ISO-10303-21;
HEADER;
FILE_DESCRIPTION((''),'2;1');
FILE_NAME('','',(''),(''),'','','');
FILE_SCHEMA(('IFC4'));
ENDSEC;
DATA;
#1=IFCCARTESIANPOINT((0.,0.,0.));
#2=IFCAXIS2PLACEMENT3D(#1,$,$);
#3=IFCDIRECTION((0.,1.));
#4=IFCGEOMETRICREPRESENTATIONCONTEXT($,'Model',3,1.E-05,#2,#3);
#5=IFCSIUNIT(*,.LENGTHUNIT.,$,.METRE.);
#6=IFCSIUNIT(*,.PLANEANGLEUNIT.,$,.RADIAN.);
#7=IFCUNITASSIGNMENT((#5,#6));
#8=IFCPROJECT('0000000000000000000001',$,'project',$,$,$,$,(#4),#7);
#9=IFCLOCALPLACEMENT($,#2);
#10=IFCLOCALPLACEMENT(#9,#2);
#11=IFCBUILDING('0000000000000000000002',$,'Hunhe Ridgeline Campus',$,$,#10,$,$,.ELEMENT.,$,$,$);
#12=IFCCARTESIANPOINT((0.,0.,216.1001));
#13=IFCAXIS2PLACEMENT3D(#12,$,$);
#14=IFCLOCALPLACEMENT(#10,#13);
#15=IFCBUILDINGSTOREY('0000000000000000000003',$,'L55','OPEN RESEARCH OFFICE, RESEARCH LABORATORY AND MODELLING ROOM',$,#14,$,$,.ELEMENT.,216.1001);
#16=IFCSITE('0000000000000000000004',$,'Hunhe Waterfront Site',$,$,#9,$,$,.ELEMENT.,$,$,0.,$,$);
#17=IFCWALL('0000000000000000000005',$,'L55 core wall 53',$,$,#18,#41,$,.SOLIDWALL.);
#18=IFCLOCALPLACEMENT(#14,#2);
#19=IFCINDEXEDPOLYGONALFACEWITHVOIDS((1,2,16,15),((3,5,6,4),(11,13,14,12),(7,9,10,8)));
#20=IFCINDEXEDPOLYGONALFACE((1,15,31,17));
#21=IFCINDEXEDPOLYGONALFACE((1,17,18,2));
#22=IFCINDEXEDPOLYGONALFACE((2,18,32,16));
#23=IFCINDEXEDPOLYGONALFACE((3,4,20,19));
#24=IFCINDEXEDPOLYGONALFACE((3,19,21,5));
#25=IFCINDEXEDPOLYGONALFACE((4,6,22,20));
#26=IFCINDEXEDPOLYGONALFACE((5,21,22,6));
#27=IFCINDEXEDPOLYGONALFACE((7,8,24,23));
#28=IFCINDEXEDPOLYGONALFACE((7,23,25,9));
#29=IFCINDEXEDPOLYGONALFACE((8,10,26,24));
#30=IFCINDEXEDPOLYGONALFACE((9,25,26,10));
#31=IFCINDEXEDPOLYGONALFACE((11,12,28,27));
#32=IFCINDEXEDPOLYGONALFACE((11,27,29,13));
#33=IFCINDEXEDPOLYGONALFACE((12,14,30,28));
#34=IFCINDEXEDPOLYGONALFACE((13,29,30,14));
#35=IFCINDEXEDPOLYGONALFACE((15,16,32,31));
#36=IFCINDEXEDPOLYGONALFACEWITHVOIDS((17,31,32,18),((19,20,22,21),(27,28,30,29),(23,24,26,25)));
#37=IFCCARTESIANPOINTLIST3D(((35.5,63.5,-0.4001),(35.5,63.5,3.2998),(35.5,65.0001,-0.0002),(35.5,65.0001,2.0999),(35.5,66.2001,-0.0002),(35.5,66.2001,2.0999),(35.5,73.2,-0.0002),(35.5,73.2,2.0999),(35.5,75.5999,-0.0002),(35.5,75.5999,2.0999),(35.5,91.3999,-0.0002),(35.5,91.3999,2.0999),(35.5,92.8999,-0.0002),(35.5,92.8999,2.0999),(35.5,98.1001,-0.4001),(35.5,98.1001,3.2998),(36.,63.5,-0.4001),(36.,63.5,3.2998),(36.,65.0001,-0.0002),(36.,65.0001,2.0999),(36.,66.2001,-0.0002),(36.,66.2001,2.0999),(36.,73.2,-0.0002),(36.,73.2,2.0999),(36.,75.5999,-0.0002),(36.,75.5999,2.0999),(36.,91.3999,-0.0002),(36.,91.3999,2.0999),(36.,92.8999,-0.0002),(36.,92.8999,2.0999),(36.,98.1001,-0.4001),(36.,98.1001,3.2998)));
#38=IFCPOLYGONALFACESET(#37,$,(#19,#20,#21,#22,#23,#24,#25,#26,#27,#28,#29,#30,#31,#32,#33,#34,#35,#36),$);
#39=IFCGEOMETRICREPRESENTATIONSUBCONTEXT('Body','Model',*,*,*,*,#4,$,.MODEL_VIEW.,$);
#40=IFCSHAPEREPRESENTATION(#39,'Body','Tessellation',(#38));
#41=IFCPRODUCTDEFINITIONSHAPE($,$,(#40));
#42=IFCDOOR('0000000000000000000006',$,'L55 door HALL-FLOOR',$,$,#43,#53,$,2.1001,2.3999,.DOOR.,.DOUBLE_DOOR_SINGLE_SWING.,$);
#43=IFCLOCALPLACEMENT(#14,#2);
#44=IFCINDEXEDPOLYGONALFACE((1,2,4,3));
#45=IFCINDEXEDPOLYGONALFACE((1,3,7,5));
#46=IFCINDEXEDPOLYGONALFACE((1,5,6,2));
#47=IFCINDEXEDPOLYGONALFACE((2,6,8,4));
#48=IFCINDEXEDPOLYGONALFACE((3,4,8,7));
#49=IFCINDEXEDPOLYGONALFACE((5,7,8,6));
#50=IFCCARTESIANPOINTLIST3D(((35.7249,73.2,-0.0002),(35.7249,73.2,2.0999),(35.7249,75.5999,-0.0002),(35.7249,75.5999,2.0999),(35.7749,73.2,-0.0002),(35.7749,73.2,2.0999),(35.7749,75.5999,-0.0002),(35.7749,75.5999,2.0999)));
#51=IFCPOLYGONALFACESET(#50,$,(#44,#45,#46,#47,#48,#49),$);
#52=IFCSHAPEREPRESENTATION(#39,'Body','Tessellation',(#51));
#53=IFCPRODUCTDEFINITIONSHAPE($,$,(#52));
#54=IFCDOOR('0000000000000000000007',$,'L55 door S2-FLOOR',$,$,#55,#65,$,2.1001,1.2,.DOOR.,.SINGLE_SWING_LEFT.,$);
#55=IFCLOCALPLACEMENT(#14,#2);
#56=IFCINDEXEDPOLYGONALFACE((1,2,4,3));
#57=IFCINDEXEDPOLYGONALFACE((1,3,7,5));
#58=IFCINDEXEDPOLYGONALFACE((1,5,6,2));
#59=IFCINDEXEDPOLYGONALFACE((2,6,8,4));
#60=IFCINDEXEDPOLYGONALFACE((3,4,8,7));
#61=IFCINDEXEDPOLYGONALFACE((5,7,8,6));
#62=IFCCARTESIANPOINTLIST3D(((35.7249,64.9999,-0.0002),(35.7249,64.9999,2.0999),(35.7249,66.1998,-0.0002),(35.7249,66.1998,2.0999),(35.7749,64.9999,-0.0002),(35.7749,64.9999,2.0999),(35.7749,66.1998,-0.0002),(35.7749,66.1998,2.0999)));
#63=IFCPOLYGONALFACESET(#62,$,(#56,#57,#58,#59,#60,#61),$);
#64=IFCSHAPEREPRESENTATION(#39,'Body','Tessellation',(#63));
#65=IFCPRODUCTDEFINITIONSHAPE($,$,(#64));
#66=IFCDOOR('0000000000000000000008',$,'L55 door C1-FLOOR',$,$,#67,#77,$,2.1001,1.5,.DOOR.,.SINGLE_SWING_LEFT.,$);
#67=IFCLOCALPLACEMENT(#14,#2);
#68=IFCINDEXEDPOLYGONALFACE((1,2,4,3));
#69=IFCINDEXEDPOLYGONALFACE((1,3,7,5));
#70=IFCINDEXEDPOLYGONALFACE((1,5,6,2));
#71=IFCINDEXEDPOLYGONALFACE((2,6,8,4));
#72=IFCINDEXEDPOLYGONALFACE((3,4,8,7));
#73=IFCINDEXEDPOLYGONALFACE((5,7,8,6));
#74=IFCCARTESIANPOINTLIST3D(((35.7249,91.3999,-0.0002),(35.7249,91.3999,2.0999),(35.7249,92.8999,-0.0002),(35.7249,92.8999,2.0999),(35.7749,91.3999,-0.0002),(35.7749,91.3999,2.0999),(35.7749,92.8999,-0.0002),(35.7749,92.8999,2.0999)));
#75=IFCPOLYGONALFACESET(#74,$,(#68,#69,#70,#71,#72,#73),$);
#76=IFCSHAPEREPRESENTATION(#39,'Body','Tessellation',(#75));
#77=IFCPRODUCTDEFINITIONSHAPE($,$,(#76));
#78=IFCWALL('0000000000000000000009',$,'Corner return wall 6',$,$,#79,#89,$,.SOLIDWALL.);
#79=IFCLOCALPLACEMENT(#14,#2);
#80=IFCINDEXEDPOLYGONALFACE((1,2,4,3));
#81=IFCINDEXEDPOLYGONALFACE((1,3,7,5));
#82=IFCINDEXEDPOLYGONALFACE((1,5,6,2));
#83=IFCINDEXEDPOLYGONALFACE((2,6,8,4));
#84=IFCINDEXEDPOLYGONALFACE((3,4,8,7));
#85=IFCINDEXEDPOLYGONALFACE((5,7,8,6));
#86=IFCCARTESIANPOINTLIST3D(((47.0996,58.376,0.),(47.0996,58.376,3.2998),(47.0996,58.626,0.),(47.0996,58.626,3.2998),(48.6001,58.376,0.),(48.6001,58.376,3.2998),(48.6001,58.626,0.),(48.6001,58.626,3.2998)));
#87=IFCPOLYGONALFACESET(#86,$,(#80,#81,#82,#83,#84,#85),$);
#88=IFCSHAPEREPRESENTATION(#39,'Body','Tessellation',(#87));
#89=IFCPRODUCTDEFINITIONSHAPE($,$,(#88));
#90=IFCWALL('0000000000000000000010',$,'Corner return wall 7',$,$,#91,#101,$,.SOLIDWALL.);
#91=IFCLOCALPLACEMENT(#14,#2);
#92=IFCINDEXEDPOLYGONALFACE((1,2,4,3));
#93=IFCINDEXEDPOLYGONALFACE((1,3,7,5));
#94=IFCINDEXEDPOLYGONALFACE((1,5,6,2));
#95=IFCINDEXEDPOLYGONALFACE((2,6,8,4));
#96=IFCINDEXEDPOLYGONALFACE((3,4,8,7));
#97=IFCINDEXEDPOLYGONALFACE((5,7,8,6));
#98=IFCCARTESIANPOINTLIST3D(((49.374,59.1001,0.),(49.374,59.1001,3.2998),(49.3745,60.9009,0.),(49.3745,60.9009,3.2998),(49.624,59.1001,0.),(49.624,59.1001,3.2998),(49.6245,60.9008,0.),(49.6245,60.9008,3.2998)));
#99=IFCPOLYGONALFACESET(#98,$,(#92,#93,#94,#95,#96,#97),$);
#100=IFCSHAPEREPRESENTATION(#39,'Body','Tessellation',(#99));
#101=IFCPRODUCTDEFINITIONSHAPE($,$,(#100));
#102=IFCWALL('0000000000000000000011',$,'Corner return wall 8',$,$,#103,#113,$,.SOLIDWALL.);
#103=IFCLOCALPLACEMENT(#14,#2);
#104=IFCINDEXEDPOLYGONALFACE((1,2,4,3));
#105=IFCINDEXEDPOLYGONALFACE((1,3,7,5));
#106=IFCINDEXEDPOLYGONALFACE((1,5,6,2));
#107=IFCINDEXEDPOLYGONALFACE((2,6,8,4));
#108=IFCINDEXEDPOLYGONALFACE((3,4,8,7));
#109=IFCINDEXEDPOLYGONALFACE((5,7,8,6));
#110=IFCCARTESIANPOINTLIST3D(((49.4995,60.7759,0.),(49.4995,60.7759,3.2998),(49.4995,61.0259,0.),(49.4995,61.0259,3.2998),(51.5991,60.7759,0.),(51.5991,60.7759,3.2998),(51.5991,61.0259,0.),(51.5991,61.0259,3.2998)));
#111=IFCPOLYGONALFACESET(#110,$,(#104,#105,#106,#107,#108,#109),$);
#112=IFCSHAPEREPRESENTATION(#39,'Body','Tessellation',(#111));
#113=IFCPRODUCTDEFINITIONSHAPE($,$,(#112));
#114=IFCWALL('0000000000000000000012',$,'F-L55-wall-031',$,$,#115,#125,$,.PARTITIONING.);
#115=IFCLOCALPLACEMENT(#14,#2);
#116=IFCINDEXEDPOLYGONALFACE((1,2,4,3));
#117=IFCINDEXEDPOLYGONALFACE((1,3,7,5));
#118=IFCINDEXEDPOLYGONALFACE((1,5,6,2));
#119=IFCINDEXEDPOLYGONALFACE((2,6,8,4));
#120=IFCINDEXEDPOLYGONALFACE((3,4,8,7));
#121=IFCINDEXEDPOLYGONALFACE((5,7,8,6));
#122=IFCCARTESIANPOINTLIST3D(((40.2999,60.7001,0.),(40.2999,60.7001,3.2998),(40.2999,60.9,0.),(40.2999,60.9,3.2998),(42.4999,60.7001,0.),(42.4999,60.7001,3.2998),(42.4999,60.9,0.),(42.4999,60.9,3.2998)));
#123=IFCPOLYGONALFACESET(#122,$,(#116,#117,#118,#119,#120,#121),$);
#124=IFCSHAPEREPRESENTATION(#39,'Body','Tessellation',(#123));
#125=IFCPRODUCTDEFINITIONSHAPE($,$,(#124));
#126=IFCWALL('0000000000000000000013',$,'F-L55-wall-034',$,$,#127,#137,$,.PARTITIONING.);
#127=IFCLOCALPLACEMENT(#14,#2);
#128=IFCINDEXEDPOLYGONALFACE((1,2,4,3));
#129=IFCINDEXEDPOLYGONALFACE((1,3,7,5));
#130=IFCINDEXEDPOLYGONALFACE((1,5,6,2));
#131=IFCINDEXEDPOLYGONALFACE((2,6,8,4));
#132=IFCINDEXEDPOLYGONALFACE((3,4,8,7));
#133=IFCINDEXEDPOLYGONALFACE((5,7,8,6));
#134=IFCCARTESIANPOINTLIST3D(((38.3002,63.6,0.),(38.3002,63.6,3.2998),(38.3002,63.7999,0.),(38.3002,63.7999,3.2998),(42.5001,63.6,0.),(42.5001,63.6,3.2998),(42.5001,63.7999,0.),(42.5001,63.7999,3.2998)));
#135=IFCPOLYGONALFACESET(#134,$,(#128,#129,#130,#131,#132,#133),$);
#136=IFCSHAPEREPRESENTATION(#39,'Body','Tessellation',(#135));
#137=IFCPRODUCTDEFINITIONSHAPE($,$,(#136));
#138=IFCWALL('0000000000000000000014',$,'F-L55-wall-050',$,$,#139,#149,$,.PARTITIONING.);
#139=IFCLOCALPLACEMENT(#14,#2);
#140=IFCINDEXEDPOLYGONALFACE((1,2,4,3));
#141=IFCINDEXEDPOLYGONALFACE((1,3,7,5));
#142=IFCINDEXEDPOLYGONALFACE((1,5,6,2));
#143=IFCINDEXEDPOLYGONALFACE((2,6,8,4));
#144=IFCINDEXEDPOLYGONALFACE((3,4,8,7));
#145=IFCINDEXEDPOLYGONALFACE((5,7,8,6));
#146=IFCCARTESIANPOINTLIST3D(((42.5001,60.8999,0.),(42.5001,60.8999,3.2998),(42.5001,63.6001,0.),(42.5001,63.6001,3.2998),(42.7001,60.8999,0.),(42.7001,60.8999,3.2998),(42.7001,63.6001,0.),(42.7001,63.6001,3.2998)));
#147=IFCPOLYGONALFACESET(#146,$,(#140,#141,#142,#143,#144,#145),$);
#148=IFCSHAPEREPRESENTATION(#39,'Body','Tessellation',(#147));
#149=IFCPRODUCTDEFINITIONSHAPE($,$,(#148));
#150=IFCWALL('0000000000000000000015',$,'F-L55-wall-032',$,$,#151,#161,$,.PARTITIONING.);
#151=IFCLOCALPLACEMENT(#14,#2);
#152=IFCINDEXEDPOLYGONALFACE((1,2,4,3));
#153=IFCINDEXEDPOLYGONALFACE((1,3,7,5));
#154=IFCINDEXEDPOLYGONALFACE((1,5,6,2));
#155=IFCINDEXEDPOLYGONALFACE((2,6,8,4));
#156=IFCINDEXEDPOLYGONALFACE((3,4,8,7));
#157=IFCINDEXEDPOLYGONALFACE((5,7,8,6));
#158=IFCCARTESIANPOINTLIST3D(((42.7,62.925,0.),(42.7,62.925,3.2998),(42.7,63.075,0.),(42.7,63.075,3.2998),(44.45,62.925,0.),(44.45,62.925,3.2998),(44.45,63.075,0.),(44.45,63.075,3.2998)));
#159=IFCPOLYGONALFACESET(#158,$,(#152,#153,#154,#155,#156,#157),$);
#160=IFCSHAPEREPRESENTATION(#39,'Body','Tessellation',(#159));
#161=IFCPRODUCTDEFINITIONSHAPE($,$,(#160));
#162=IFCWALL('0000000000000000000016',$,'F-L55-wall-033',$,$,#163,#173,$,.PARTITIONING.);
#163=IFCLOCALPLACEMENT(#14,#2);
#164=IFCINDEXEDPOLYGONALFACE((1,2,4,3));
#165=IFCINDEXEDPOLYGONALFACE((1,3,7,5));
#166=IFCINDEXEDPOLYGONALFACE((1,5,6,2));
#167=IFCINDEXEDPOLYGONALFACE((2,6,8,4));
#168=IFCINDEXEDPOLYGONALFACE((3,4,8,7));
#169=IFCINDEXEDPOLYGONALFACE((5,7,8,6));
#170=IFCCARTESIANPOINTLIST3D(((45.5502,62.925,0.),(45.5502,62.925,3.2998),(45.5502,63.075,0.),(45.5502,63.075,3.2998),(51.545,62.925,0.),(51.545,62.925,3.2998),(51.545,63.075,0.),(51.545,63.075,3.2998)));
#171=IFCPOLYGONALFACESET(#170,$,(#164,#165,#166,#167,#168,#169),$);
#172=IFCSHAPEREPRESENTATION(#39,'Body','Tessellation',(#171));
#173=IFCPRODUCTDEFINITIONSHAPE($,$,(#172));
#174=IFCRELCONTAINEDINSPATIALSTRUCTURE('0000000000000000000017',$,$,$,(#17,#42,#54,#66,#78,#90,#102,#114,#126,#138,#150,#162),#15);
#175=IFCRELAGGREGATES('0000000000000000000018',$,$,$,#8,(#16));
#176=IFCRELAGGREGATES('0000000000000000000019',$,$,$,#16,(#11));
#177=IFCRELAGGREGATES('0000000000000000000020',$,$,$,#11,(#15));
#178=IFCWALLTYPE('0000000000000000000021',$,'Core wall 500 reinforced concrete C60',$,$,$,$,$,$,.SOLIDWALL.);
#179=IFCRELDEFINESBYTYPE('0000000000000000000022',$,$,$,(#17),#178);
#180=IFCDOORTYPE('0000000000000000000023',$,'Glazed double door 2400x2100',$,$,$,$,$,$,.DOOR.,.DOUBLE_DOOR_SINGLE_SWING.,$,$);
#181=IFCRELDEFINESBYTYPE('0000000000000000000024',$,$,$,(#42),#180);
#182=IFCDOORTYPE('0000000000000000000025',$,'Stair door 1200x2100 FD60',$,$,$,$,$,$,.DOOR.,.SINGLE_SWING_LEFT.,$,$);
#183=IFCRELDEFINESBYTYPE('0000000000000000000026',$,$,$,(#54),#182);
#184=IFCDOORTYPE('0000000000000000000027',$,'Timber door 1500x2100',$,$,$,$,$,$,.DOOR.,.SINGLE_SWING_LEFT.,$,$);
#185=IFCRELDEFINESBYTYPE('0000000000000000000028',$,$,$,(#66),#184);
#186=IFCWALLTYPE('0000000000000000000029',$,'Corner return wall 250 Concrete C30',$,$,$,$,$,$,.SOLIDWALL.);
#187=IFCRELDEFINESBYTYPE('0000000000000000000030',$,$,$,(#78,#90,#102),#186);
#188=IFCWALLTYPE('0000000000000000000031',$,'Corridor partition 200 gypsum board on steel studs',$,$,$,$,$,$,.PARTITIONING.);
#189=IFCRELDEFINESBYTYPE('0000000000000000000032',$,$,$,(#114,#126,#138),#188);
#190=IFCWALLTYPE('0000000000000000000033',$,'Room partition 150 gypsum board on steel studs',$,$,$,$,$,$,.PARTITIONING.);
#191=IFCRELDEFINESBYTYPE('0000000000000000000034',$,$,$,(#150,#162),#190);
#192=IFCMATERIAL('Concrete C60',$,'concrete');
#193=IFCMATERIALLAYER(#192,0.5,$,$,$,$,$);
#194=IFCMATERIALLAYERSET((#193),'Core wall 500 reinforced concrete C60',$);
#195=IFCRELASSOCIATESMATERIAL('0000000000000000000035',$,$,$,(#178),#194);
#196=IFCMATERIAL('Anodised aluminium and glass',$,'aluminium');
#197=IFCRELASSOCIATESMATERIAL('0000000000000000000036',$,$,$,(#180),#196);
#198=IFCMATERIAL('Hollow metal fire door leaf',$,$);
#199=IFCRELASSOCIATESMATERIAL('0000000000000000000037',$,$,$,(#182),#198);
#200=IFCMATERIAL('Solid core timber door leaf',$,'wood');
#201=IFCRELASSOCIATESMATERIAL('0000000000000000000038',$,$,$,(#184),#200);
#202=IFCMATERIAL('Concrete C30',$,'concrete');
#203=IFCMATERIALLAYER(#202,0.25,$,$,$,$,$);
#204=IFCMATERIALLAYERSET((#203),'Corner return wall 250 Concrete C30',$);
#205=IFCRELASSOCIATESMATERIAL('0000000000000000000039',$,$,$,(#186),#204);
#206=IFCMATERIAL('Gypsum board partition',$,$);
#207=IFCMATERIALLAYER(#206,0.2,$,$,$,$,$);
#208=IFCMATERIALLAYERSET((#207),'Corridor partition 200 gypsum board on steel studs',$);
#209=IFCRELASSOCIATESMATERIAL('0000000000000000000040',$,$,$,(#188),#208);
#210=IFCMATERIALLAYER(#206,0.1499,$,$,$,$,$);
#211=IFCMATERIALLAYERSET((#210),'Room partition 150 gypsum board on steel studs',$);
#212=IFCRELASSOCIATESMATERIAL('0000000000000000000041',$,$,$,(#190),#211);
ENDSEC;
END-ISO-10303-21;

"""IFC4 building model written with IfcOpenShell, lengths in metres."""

from ifc_helpers import new_model, si_unit, direction, frame, frame_2d, origin, place, context, subcontext, project, spatial, rectangle, extrude, material, layer, layer_set, type_object, element, fill, save


model = new_model("IFC4")

# Units and contexts
model_context = context("Model", 3, precision=1e-05, world=origin(), true_north=direction((0.0, 1.0)))
body_context = subcontext(model_context, "Body", "Model", "MODEL_VIEW")
ifc_project = project(units=[si_unit("LENGTHUNIT", "METRE"), si_unit("PLANEANGLEUNIT", "RADIAN")], contexts=[model_context])

# Site, building, storey
site_placement = place(None, origin())
site = spatial("IfcSite", under=ifc_project, at=site_placement, Name="Hunhe Waterfront Site", CompositionType="ELEMENT", RefElevation=0.0)
building_placement = place(site_placement, origin())
building = spatial("IfcBuilding", under=site, at=building_placement, Name="Hunhe Ridgeline Campus", CompositionType="ELEMENT")
storey_placement = place(building_placement, frame((0.0, 0.0, 216.1001)))
storey = spatial("IfcBuildingStorey", under=building, at=storey_placement, Name="L55", Description="OPEN RESEARCH OFFICE, RESEARCH LABORATORY AND MODELLING ROOM", CompositionType="ELEMENT", Elevation=216.1001)

# Shared definitions
ifc_material_1 = material(Name="Concrete C60", Category="concrete")

# Wall, openings, doors
ifc_layer_1 = layer(ifc_material_1, 0.5)
ifc_layer_set_1 = layer_set([ifc_layer_1], Name="Core wall 500 reinforced concrete C60")
wall_type_1 = type_object("IfcWallType", Name="Core wall 500 reinforced concrete C60", PredefinedType="SOLIDWALL", material=ifc_layer_set_1)
wall_1_placement = place(storey_placement, frame((35.75, 63.5, -0.4001), z_axis=(0.0, 0.0, 1.0), x_axis=(0.0, 1.0, 0.0)))
wall_1 = element("IfcWall", 1, at=wall_1_placement, inside=storey, type_object=wall_type_1, Name="L55 core wall 53", PredefinedType="SOLIDWALL", context=body_context, shape_type="SweptSolid", body=[
    extrude(rectangle(XDim=34.6001, YDim=0.5, at=frame_2d((17.3, 0.0))), origin(), (0.0, 0.0, 1.0), 3.7),
])
opening_1_placement = place(wall_1_placement, frame((9.7, 0.0, 0.3999)))
opening_1 = element("IfcOpeningElement", 2, at=opening_1_placement, cuts=wall_1, PredefinedType="OPENING", context=body_context, shape_type="SweptSolid", body=[
    extrude(rectangle(XDim=2.3999, YDim=2.1001, at=frame_2d((1.2, 1.05))), frame((0.0, 0.25, 0.0), z_axis=(0.0, -1.0, 0.0), x_axis=(1.0, 0.0, 0.0)), (0.0, 0.0, 1.0), 0.5),
])
opening_2_placement = place(wall_1_placement, frame((27.8999, 0.0, 0.3999)))
opening_2 = element("IfcOpeningElement", 3, at=opening_2_placement, cuts=wall_1, PredefinedType="OPENING", context=body_context, shape_type="SweptSolid", body=[
    extrude(rectangle(XDim=1.5, YDim=2.1001, at=frame_2d((0.75, 1.05))), frame((0.0, 0.25, 0.0), z_axis=(0.0, -1.0, 0.0), x_axis=(1.0, 0.0, 0.0)), (0.0, 0.0, 1.0), 0.5),
])
opening_3_placement = place(wall_1_placement, frame((1.5, 0.0, 0.3999)))
opening_3 = element("IfcOpeningElement", 4, at=opening_3_placement, cuts=wall_1, PredefinedType="OPENING", context=body_context, shape_type="SweptSolid", body=[
    extrude(rectangle(XDim=1.2, YDim=2.1001, at=frame_2d((0.6001, 1.05))), frame((0.0, 0.25, 0.0), z_axis=(0.0, -1.0, 0.0), x_axis=(1.0, 0.0, 0.0)), (0.0, 0.0, 1.0), 0.5),
])
ifc_material_2 = material(Name="Anodised aluminium and glass", Category="aluminium")
door_type_1 = type_object("IfcDoorType", Name="Glazed double door 2400x2100", OperationType="DOUBLE_DOOR_SINGLE_SWING", PredefinedType="DOOR", material=ifc_material_2)
door_1_placement = place(opening_1_placement, frame((2.3999, 0.0, 0.0), z_axis=(0.0, 0.0, 1.0), x_axis=(-1.0, 0.0, 0.0)))
door_1 = element("IfcDoor", 5, at=door_1_placement, inside=storey, type_object=door_type_1, Name="L55 door HALL-FLOOR", OperationType="DOUBLE_DOOR_SINGLE_SWING", OverallHeight=2.1001, OverallWidth=2.3999, PredefinedType="DOOR", context=body_context, shape_type="SweptSolid", body=[
    extrude(rectangle(XDim=2.3999, YDim=2.1001, at=frame_2d((1.2, 1.05))), frame((0.0, 0.0249, 0.0), z_axis=(0.0, -1.0, 0.0), x_axis=(1.0, 0.0, 0.0)), (0.0, 0.0, 1.0), 0.05),
])
fill(opening_1, door_1)
ifc_material_3 = material(Name="Hollow metal fire door leaf")
door_type_2 = type_object("IfcDoorType", Name="Stair door 1200x2100 FD60", OperationType="SINGLE_SWING_LEFT", PredefinedType="DOOR", material=ifc_material_3)
door_2_placement = place(opening_3_placement, frame((1.2, 0.0, 0.0), z_axis=(0.0, 0.0, 1.0), x_axis=(-1.0, 0.0, 0.0)))
door_2 = element("IfcDoor", 6, at=door_2_placement, inside=storey, type_object=door_type_2, Name="L55 door S2-FLOOR", OperationType="SINGLE_SWING_LEFT", OverallHeight=2.1001, OverallWidth=1.2, PredefinedType="DOOR", context=body_context, shape_type="SweptSolid", body=[
    extrude(rectangle(XDim=1.2, YDim=2.1001, at=frame_2d((0.6001, 1.05))), frame((0.0, 0.0249, 0.0), z_axis=(0.0, -1.0, 0.0), x_axis=(1.0, 0.0, 0.0)), (0.0, 0.0, 1.0), 0.05),
])
fill(opening_3, door_2)
ifc_material_4 = material(Name="Solid core timber door leaf", Category="wood")
door_type_3 = type_object("IfcDoorType", Name="Timber door 1500x2100", OperationType="SINGLE_SWING_LEFT", PredefinedType="DOOR", material=ifc_material_4)
door_3_placement = place(opening_2_placement, frame((1.5, 0.0, 0.0), z_axis=(0.0, 0.0, 1.0), x_axis=(-1.0, 0.0, 0.0)))
door_3 = element("IfcDoor", 7, at=door_3_placement, inside=storey, type_object=door_type_3, Name="L55 door C1-FLOOR", OperationType="SINGLE_SWING_LEFT", OverallHeight=2.1001, OverallWidth=1.5, PredefinedType="DOOR", context=body_context, shape_type="SweptSolid", body=[
    extrude(rectangle(XDim=1.5, YDim=2.1001, at=frame_2d((0.75, 1.05))), frame((0.0, 0.0249, 0.0), z_axis=(0.0, -1.0, 0.0), x_axis=(1.0, 0.0, 0.0)), (0.0, 0.0, 1.0), 0.05),
])
fill(opening_2, door_3)

# Walls
ifc_material_5 = material(Name="Concrete C30", Category="concrete")
ifc_layer_2 = layer(ifc_material_5, 0.25)
ifc_layer_set_2 = layer_set([ifc_layer_2], Name="Corner return wall 250 Concrete C30")
wall_type_2 = type_object("IfcWallType", Name="Corner return wall 250 Concrete C30", PredefinedType="SOLIDWALL", material=ifc_layer_set_2)
wall_2_placement = place(storey_placement, frame((47.0996, 58.501, 0.0), z_axis=(0.0, 0.0, 1.0), x_axis=(1.0, 0.0, 0.0)))
element("IfcWall", 8, at=wall_2_placement, inside=storey, type_object=wall_type_2, Name="Corner return wall 6", PredefinedType="SOLIDWALL", context=body_context, shape_type="SweptSolid", body=[
    extrude(rectangle(XDim=1.5005, YDim=0.25, at=frame_2d((0.7502, 0.0))), origin(), (0.0, 0.0, 1.0), 3.2998),
])
wall_3_placement = place(storey_placement, frame((49.499, 59.1001, 0.0), z_axis=(0.0, 0.0, 1.0), x_axis=(0.000271, 1.0, 0.0)))
element("IfcWall", 9, at=wall_3_placement, inside=storey, type_object=wall_type_2, Name="Corner return wall 7", PredefinedType="SOLIDWALL", context=body_context, shape_type="SweptSolid", body=[
    extrude(rectangle(XDim=1.8008, YDim=0.25, at=frame_2d((0.9004, 0.0))), origin(), (0.0, 0.0, 1.0), 3.2998),
])
wall_4_placement = place(storey_placement, frame((49.4995, 60.9009, 0.0), z_axis=(0.0, 0.0, 1.0), x_axis=(1.0, 0.0, 0.0)))
element("IfcWall", 10, at=wall_4_placement, inside=storey, type_object=wall_type_2, Name="Corner return wall 8", PredefinedType="SOLIDWALL", context=body_context, shape_type="SweptSolid", body=[
    extrude(rectangle(XDim=2.0996, YDim=0.25, at=frame_2d((1.0498, 0.0))), origin(), (0.0, 0.0, 1.0), 3.2998),
])

# Shared definitions
ifc_material_6 = material(Name="Gypsum board partition")
ifc_layer_3 = layer(ifc_material_6, 0.2)
ifc_layer_set_3 = layer_set([ifc_layer_3], Name="Corridor partition 200 gypsum board on steel studs")
wall_type_3 = type_object("IfcWallType", Name="Corridor partition 200 gypsum board on steel studs", PredefinedType="PARTITIONING", material=ifc_layer_set_3)

# Walls
wall_5_placement = place(storey_placement, frame((42.5, 60.8, 0.0), z_axis=(0.0, 0.0, 1.0), x_axis=(-1.0, 0.0, 0.0)))
element("IfcWall", 11, at=wall_5_placement, inside=storey, type_object=wall_type_3, Name="F-L55-wall-031", PredefinedType="PARTITIONING", context=body_context, shape_type="SweptSolid", body=[
    extrude(rectangle(XDim=2.2, YDim=0.2, at=frame_2d((1.1001, 0.0))), origin(), (0.0, 0.0, 1.0), 3.2998),
])
wall_6_placement = place(storey_placement, frame((38.3, 63.7, 0.0), z_axis=(0.0, 0.0, 1.0), x_axis=(1.0, 0.0, 0.0)))
element("IfcWall", 12, at=wall_6_placement, inside=storey, type_object=wall_type_3, Name="F-L55-wall-034", PredefinedType="PARTITIONING", context=body_context, shape_type="SweptSolid", body=[
    extrude(rectangle(XDim=4.2, YDim=0.2, at=frame_2d((2.1001, 0.0))), origin(), (0.0, 0.0, 1.0), 3.2998),
])

# Walls
wall_7_placement = place(storey_placement, frame((42.6001, 63.6001, 0.0), z_axis=(0.0, 0.0, 1.0), x_axis=(0.0, -1.0, 0.0)))
element("IfcWall", 13, at=wall_7_placement, inside=storey, type_object=wall_type_3, Name="F-L55-wall-050", PredefinedType="PARTITIONING", context=body_context, shape_type="SweptSolid", body=[
    extrude(rectangle(XDim=2.7002, YDim=0.2, at=frame_2d((1.3501, 0.0))), origin(), (0.0, 0.0, 1.0), 3.2998),
])
ifc_layer_4 = layer(ifc_material_6, 0.1499)
ifc_layer_set_4 = layer_set([ifc_layer_4], Name="Room partition 150 gypsum board on steel studs")
wall_type_4 = type_object("IfcWallType", Name="Room partition 150 gypsum board on steel studs", PredefinedType="PARTITIONING", material=ifc_layer_set_4)
wall_8_placement = place(storey_placement, frame((42.7, 63.0, 0.0), z_axis=(0.0, 0.0, 1.0), x_axis=(1.0, 0.0, 0.0)))
element("IfcWall", 14, at=wall_8_placement, inside=storey, type_object=wall_type_4, Name="F-L55-wall-032", PredefinedType="PARTITIONING", context=body_context, shape_type="SweptSolid", body=[
    extrude(rectangle(XDim=1.75, YDim=0.1499, at=frame_2d((0.875, 0.0))), origin(), (0.0, 0.0, 1.0), 3.2998),
])
wall_9_placement = place(storey_placement, frame((45.55, 63.0, 0.0), z_axis=(0.0, 0.0, 1.0), x_axis=(1.0, 0.0, 0.0)))
element("IfcWall", 15, at=wall_9_placement, inside=storey, type_object=wall_type_4, Name="F-L55-wall-033", PredefinedType="PARTITIONING", context=body_context, shape_type="SweptSolid", body=[
    extrude(rectangle(XDim=5.9949, YDim=0.1499, at=frame_2d((2.9976, 0.0))), origin(), (0.0, 0.0, 1.0), 3.2998),
])

save(model, "model.ifc")
